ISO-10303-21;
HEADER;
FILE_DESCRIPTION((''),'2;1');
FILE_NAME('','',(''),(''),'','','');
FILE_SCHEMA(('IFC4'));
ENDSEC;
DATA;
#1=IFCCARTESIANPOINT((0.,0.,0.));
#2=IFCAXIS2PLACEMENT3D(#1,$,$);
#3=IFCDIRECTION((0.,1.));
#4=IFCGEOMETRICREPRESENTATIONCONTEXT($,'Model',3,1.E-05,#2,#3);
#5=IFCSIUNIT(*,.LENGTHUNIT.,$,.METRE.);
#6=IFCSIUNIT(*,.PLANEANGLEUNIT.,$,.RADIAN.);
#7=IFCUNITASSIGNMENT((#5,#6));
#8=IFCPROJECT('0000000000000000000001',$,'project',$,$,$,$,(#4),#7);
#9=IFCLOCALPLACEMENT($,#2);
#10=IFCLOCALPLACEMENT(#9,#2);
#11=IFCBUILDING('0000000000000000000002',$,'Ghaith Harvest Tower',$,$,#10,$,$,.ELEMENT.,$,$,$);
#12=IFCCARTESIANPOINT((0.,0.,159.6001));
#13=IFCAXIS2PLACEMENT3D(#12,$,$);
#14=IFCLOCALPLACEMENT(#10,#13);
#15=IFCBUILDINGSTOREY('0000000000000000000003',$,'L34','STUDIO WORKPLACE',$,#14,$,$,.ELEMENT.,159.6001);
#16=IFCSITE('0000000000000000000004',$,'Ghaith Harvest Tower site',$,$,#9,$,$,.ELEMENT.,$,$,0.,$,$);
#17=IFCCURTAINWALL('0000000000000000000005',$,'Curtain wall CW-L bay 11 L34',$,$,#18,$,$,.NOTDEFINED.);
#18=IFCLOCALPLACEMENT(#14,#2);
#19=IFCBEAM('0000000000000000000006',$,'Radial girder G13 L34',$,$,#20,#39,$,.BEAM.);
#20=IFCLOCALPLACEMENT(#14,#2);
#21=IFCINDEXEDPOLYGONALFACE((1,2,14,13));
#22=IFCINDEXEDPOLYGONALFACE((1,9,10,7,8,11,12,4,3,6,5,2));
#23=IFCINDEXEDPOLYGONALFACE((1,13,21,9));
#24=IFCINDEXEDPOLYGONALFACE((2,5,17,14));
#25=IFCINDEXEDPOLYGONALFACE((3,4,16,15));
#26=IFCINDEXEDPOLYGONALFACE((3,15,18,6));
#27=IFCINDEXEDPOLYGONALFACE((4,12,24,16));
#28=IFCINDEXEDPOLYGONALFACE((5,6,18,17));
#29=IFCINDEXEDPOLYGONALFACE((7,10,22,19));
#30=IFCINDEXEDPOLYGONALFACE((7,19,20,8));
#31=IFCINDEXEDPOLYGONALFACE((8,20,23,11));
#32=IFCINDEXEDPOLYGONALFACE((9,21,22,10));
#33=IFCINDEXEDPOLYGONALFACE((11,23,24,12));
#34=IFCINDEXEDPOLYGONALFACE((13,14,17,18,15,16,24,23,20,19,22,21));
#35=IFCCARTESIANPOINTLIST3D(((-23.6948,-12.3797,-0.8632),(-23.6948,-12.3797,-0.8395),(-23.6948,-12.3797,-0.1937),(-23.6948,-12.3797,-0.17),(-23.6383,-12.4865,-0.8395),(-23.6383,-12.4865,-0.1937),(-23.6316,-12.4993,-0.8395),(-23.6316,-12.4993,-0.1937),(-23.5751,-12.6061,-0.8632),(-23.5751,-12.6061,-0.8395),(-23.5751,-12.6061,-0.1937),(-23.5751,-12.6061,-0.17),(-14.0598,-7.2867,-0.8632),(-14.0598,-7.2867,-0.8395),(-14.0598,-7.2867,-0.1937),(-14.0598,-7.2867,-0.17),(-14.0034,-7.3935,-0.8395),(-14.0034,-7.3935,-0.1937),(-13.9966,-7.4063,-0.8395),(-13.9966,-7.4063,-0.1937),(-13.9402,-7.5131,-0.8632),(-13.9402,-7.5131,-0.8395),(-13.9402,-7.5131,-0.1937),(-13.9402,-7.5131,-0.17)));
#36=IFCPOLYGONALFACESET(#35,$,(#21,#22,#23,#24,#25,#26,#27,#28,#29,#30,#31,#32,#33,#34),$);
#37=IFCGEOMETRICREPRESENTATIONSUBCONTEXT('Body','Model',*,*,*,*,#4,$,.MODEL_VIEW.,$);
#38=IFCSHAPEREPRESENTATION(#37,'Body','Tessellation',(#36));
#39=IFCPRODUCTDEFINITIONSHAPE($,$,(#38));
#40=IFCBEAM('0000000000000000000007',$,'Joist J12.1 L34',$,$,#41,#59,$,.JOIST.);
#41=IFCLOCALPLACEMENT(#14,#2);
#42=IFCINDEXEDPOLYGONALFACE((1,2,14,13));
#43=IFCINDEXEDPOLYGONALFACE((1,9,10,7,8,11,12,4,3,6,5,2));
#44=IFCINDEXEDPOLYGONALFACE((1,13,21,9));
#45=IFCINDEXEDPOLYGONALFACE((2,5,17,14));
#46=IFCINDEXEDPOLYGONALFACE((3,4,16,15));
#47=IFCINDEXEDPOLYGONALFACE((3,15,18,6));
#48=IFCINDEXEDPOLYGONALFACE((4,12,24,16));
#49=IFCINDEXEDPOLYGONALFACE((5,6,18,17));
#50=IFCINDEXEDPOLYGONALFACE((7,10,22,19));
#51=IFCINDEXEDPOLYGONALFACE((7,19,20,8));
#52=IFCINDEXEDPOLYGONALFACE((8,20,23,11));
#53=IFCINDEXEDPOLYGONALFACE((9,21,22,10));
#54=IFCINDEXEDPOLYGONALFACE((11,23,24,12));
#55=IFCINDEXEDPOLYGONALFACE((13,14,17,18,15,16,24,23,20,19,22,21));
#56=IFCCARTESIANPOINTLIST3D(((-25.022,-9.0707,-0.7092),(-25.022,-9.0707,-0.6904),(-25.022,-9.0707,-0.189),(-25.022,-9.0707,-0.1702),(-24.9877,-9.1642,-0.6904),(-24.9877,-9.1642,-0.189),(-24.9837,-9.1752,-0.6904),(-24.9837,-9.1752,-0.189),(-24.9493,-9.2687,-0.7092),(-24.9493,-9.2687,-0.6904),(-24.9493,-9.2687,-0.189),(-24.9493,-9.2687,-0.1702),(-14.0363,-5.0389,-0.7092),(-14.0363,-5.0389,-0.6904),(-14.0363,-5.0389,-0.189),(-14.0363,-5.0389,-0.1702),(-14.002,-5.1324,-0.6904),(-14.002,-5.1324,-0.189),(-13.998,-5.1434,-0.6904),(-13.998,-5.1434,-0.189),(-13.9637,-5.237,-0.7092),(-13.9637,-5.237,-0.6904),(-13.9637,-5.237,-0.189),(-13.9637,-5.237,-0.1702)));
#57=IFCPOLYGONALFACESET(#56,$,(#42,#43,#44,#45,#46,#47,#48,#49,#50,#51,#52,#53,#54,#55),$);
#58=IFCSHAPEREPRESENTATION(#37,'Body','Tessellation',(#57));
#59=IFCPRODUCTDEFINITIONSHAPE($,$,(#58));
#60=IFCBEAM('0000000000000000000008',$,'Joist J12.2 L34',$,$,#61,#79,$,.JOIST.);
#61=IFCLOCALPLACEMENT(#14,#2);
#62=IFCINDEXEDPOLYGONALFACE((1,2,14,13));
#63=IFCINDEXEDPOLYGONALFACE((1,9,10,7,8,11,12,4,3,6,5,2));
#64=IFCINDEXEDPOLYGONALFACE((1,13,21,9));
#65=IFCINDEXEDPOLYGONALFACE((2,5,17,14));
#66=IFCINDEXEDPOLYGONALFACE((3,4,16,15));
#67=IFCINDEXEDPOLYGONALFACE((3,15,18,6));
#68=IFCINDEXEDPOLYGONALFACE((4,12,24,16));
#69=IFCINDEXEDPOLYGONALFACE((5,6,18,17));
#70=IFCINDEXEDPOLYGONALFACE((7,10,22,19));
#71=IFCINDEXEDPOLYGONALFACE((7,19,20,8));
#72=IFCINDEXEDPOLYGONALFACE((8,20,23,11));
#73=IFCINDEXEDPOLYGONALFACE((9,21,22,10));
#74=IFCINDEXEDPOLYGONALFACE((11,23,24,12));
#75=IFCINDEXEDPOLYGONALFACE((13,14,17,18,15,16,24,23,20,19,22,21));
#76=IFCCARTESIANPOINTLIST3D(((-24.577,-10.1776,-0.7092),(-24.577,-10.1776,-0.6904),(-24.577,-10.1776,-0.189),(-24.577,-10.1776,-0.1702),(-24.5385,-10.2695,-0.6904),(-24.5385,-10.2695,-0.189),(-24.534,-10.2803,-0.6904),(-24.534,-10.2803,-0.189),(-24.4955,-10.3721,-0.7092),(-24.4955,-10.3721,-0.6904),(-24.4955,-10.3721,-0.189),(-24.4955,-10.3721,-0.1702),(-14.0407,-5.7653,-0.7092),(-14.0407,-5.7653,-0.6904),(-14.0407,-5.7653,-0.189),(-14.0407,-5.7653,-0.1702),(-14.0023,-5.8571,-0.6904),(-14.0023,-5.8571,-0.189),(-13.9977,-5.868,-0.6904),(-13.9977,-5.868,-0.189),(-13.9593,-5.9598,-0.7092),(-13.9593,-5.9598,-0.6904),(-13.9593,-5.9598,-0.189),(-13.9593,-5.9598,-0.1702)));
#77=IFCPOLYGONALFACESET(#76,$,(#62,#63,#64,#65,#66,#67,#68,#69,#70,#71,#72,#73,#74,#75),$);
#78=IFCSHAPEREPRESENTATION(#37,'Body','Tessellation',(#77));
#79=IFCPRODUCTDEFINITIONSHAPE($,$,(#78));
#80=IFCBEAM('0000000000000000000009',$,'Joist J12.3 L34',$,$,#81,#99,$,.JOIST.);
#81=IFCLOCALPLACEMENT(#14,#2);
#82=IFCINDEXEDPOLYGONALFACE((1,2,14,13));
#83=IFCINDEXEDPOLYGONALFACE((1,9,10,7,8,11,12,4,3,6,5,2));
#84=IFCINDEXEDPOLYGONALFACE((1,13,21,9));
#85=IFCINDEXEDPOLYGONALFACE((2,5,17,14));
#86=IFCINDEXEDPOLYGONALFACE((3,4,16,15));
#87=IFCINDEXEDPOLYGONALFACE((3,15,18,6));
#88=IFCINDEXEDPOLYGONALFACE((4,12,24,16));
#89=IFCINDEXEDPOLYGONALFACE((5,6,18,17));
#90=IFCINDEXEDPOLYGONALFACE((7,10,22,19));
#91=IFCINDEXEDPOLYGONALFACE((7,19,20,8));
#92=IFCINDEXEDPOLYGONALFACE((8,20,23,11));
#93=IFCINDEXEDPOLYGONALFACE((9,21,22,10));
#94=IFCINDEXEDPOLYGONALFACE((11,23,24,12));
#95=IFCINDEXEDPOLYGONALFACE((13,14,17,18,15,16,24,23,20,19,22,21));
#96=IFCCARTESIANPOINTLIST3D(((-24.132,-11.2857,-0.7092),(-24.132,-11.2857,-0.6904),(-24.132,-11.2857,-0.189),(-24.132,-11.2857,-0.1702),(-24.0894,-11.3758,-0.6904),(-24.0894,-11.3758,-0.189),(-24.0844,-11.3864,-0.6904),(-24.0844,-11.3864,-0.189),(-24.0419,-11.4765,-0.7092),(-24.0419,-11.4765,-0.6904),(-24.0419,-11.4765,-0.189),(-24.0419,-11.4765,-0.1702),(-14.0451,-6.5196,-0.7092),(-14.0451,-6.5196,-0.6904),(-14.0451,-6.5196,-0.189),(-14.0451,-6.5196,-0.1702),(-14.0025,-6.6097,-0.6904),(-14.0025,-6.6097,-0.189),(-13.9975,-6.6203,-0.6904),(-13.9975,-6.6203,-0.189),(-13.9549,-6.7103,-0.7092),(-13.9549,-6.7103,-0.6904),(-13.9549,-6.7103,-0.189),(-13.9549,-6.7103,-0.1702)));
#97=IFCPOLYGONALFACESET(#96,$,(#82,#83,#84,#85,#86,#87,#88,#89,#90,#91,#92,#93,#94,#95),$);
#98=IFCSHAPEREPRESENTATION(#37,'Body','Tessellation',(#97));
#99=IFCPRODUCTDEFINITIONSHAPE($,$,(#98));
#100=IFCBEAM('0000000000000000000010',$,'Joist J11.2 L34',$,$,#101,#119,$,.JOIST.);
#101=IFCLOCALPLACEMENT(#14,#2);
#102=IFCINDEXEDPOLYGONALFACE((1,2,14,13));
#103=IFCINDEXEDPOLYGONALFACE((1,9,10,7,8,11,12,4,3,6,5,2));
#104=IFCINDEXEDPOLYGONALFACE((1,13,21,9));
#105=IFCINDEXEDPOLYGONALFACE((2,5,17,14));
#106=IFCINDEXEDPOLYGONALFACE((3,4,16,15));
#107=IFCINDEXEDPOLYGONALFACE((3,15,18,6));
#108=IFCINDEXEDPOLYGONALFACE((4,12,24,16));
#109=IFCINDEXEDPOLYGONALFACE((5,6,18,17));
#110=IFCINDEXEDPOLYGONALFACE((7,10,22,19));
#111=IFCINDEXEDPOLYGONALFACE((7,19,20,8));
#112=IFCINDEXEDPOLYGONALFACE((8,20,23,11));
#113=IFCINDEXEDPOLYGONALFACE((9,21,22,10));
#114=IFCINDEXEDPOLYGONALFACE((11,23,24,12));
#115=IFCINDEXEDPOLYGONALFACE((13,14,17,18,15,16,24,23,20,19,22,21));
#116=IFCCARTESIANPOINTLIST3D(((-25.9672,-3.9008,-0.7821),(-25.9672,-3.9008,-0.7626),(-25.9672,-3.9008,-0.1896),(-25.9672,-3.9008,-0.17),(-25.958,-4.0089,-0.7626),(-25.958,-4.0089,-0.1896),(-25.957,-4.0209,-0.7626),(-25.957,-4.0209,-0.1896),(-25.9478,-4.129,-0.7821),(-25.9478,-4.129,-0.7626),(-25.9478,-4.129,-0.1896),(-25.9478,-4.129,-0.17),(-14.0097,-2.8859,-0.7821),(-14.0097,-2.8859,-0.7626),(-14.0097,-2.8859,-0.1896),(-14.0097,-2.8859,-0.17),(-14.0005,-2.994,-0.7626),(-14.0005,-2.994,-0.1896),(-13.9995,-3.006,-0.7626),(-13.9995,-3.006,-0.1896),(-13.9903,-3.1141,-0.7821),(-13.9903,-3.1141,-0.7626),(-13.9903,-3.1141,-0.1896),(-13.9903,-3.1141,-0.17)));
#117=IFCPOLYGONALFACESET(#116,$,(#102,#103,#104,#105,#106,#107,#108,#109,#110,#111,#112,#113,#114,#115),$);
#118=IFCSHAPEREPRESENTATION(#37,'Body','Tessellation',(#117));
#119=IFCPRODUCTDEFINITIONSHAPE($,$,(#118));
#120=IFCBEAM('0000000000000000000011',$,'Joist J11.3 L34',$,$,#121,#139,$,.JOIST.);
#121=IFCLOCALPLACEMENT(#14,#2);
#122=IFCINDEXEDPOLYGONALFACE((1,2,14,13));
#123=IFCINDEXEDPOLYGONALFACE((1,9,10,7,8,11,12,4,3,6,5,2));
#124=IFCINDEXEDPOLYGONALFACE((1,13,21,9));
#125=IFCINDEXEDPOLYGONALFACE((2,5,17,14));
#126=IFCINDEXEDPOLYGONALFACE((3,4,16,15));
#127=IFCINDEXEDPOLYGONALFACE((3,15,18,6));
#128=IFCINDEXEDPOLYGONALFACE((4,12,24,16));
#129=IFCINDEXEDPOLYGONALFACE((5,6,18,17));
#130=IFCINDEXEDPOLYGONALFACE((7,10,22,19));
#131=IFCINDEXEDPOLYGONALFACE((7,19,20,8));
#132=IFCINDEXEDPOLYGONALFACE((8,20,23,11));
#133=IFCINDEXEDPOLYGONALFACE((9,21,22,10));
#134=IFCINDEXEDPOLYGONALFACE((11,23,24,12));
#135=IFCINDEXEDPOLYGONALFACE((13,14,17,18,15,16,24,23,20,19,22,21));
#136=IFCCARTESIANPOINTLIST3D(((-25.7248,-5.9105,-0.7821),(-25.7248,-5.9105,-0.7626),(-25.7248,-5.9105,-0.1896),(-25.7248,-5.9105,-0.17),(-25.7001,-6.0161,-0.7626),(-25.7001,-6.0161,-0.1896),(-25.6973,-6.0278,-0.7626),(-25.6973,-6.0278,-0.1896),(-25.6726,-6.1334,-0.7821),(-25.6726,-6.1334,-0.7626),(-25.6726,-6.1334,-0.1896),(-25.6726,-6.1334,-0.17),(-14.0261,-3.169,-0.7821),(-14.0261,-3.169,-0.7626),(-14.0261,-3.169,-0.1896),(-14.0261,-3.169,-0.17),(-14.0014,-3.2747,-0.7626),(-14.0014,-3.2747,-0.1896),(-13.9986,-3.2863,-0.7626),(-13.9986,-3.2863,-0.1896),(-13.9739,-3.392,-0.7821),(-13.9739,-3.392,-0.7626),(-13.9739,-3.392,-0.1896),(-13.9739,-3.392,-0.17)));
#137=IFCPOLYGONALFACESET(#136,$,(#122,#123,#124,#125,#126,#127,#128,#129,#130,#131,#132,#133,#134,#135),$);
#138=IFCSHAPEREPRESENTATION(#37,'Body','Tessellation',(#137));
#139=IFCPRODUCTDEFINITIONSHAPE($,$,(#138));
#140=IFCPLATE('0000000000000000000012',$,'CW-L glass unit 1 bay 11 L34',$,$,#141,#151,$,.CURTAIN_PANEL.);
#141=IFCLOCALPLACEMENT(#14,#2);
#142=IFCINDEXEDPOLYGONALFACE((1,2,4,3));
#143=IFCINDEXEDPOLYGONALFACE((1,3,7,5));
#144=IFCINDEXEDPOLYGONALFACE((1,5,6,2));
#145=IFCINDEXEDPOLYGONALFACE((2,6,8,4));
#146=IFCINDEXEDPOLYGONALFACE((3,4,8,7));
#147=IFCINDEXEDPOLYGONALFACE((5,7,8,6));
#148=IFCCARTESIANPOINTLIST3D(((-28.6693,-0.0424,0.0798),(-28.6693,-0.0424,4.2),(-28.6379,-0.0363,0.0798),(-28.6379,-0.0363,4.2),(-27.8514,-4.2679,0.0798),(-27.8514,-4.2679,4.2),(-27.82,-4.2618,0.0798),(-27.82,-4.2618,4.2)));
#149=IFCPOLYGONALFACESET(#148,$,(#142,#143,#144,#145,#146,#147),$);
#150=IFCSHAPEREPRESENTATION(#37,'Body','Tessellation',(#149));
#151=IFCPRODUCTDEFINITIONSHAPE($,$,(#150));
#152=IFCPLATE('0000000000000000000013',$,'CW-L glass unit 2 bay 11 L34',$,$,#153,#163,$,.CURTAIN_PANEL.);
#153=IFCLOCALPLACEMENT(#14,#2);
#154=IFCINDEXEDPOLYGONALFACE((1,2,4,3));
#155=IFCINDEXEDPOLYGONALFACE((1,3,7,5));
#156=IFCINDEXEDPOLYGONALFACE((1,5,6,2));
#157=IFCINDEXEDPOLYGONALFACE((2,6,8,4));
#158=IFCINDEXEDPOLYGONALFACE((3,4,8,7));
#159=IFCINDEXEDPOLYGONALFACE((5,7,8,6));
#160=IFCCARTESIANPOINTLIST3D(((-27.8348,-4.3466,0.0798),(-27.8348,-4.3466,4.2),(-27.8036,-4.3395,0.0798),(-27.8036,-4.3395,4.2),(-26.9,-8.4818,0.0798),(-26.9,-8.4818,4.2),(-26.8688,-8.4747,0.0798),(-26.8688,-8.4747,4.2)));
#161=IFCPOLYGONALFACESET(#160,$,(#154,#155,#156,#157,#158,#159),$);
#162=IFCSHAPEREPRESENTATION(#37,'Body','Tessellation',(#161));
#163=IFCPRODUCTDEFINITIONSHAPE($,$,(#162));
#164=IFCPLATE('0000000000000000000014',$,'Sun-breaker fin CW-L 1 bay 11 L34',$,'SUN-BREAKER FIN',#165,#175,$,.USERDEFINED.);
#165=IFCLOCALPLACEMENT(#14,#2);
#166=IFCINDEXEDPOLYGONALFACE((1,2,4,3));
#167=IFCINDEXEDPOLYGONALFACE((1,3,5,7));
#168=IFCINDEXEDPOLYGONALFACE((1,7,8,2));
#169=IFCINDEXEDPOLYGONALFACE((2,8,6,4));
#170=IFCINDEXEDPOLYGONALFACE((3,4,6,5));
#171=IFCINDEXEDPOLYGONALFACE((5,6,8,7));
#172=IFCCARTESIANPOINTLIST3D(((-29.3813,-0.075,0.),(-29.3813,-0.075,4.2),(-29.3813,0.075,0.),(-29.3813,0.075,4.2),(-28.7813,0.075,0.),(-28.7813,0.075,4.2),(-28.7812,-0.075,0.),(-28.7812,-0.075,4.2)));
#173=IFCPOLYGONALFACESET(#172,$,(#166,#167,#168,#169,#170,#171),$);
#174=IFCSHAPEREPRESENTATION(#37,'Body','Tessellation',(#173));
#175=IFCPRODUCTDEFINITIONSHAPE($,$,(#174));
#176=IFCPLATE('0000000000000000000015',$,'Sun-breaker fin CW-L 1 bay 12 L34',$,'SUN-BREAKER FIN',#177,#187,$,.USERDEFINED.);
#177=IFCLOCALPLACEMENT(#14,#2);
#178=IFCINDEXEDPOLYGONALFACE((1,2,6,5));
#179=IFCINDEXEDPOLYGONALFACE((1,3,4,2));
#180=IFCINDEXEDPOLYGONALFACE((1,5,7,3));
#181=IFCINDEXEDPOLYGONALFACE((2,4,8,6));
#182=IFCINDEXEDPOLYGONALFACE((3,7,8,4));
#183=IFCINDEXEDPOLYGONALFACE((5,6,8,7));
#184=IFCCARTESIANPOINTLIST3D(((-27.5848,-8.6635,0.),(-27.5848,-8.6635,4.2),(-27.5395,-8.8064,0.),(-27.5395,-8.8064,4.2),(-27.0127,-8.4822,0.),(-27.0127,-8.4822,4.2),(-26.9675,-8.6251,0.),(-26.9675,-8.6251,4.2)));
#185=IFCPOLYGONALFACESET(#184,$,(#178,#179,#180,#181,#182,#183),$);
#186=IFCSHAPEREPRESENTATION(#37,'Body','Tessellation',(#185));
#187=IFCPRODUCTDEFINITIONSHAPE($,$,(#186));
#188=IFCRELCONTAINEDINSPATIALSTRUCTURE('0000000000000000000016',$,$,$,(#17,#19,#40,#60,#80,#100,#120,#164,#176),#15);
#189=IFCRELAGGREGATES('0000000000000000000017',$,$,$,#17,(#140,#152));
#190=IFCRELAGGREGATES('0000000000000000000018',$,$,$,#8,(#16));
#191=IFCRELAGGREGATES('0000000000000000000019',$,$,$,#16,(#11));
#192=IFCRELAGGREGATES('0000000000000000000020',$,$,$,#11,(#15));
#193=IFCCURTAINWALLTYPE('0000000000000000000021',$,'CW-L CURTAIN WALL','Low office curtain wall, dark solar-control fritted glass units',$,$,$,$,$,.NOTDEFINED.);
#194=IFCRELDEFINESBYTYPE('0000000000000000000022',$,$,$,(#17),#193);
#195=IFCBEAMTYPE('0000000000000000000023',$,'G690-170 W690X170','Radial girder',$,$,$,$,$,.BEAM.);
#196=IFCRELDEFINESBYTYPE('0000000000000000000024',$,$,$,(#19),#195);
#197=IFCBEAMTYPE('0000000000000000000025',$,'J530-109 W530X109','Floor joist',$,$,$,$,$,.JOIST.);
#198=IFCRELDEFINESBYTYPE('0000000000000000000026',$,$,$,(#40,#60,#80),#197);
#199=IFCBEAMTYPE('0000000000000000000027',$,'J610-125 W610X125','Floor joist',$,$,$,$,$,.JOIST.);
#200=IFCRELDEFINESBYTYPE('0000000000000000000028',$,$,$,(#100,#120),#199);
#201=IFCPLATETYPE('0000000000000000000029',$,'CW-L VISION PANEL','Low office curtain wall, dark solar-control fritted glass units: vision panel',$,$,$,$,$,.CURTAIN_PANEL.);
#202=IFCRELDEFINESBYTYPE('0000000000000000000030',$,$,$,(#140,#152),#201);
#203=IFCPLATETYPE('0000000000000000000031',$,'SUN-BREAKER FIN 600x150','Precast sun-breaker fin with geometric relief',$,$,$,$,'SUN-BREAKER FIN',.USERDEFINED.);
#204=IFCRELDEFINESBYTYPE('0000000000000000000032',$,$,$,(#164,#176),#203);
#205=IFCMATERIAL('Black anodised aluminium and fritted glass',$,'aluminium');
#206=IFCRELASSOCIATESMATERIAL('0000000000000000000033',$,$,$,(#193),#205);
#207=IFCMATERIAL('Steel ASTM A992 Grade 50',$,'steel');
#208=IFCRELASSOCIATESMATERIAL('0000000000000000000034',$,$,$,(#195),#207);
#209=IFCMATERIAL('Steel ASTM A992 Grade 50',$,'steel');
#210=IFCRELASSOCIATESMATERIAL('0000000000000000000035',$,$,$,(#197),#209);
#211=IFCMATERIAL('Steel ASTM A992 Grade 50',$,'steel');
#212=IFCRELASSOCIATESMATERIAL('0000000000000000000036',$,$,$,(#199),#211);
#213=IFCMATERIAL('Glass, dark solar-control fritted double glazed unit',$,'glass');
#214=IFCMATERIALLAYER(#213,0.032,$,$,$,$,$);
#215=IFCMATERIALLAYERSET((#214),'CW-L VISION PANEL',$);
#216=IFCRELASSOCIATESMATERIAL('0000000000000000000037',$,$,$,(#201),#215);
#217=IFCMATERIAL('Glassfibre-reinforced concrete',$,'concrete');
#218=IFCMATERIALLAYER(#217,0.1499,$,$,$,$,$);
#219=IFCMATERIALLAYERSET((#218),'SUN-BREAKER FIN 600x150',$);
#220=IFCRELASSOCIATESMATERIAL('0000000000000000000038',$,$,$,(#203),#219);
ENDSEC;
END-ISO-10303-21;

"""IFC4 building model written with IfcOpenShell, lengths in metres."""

from ifc_helpers import new_model, si_unit, direction, frame, origin, origin_2d, place, context, subcontext, project, spatial, rectangle, i_section, extrude, material, layer, layer_set, material_profile, profile_set, type_object, element, aggregate, save


model = new_model("IFC4")

# Units and contexts
model_context = context("Model", 3, precision=1e-05, world=origin(), true_north=direction((0.0, 1.0)))
body_context = subcontext(model_context, "Body", "Model", "MODEL_VIEW")
ifc_project = project(units=[si_unit("LENGTHUNIT", "METRE"), si_unit("PLANEANGLEUNIT", "RADIAN")], contexts=[model_context])

# Site, building, storey
site_placement = place(None, origin())
site = spatial("IfcSite", under=ifc_project, at=site_placement, Name="Ghaith Harvest Tower site", CompositionType="ELEMENT", RefElevation=0.0)
building_placement = place(site_placement, origin())
building = spatial("IfcBuilding", under=site, at=building_placement, Name="Ghaith Harvest Tower", CompositionType="ELEMENT")
storey_placement = place(building_placement, frame((0.0, 0.0, 159.6001)))
storey = spatial("IfcBuildingStorey", under=building, at=storey_placement, Name="L34", Description="STUDIO WORKPLACE", CompositionType="ELEMENT", Elevation=159.6001)

# Curtain wall
ifc_material_1 = material(Name="Black anodised aluminium and fritted glass", Category="aluminium")
curtain_wall_type = type_object("IfcCurtainWallType", Name="CW-L CURTAIN WALL", Description="Low office curtain wall, dark solar-control fritted glass units", PredefinedType="NOTDEFINED", material=ifc_material_1)
curtain_wall_1_placement = place(storey_placement, origin())
curtain_wall_1 = element("IfcCurtainWall", 1, at=curtain_wall_1_placement, inside=storey, type_object=curtain_wall_type, Name="Curtain wall CW-L bay 11 L34", PredefinedType="NOTDEFINED")

# Beams
ifc_material_2 = material(Name="Steel ASTM A992 Grade 50", Category="steel")
ifc_material_profile_1 = material_profile(ifc_material_2, i_section(OverallWidth=0.2561, OverallDepth=0.6931, WebThickness=0.0144, FlangeThickness=0.0237, at=origin_2d()), Name="W690X170")
ifc_profile_set_1 = profile_set([ifc_material_profile_1], Name="Steel ASTM A992 Grade 50")
beam_type_1 = type_object("IfcBeamType", Name="G690-170 W690X170", Description="Radial girder", PredefinedType="BEAM", material=ifc_profile_set_1)
beam_1_placement = place(storey_placement, frame((-14.0, -7.3999, -0.5166), z_axis=(-0.884086, -0.467324, 0.0), x_axis=(0.467324, -0.884086, 0.0)))
element("IfcBeam", 2, at=beam_1_placement, inside=storey, type_object=beam_type_1, Name="Radial girder G13 L34", PredefinedType="BEAM", context=body_context, shape_type="SweptSolid", body=[
    extrude(i_section(OverallWidth=0.2561, OverallDepth=0.6931, WebThickness=0.0144, FlangeThickness=0.0237, at=origin_2d()), origin(), (0.0, 0.0, 1.0), 10.8982),
])
ifc_material_3 = material(Name="Steel ASTM A992 Grade 50", Category="steel")
ifc_material_profile_2 = material_profile(ifc_material_3, i_section(OverallWidth=0.2109, OverallDepth=0.5391, WebThickness=0.0117, FlangeThickness=0.0188, at=origin_2d()), Name="W530X109")
ifc_profile_set_2 = profile_set([ifc_material_profile_2], Name="Steel ASTM A992 Grade 50")
beam_type_2 = type_object("IfcBeamType", Name="J530-109 W530X109", Description="Floor joist", PredefinedType="JOIST", material=ifc_profile_set_2)
beam_2_placement = place(storey_placement, frame((-14.0, -5.1379, -0.4397), z_axis=(-0.938774, -0.344532, 0.0), x_axis=(0.344532, -0.938774, 0.0)))
element("IfcBeam", 3, at=beam_2_placement, inside=storey, type_object=beam_type_2, Name="Joist J12.1 L34", PredefinedType="JOIST", context=body_context, shape_type="SweptSolid", body=[
    extrude(i_section(OverallWidth=0.2109, OverallDepth=0.5391, WebThickness=0.0117, FlangeThickness=0.0188, at=origin_2d()), origin(), (0.0, 0.0, 1.0), 11.7021),
])
beam_3_placement = place(storey_placement, frame((-14.0, -5.8625, -0.4397), z_axis=(-0.922386, -0.38627, 0.0), x_axis=(0.38627, -0.922386, 0.0)))
element("IfcBeam", 4, at=beam_3_placement, inside=storey, type_object=beam_type_2, Name="Joist J12.2 L34", PredefinedType="JOIST", context=body_context, shape_type="SweptSolid", body=[
    extrude(i_section(OverallWidth=0.2109, OverallDepth=0.5391, WebThickness=0.0117, FlangeThickness=0.0188, at=origin_2d()), origin(), (0.0, 0.0, 1.0), 11.4229),
])
beam_4_placement = place(storey_placement, frame((-14.0, -6.615, -0.4397), z_axis=(-0.90415, -0.427215, 0.0), x_axis=(0.427215, -0.90415, 0.0)))
element("IfcBeam", 5, at=beam_4_placement, inside=storey, type_object=beam_type_2, Name="Joist J12.3 L34", PredefinedType="JOIST", context=body_context, shape_type="SweptSolid", body=[
    extrude(i_section(OverallWidth=0.2109, OverallDepth=0.5391, WebThickness=0.0117, FlangeThickness=0.0188, at=origin_2d()), origin(), (0.0, 0.0, 1.0), 11.1562),
])
ifc_material_4 = material(Name="Steel ASTM A992 Grade 50", Category="steel")
ifc_material_profile_3 = material_profile(ifc_material_4, i_section(OverallWidth=0.229, OverallDepth=0.6121, WebThickness=0.012, FlangeThickness=0.0195, at=origin_2d()), Name="W610X125")
ifc_profile_set_3 = profile_set([ifc_material_profile_3], Name="Steel ASTM A992 Grade 50")
beam_type_3 = type_object("IfcBeamType", Name="J610-125 W610X125", Description="Floor joist", PredefinedType="JOIST", material=ifc_profile_set_3)
beam_5_placement = place(storey_placement, frame((-14.0, -3.0, -0.4761), z_axis=(-0.996417, -0.084571, 0.0), x_axis=(0.084571, -0.996417, 0.0)))
element("IfcBeam", 6, at=beam_5_placement, inside=storey, type_object=beam_type_3, Name="Joist J11.2 L34", PredefinedType="JOIST", context=body_context, shape_type="SweptSolid", body=[
    extrude(i_section(OverallWidth=0.229, OverallDepth=0.6121, WebThickness=0.012, FlangeThickness=0.0195, at=origin_2d()), origin(), (0.0, 0.0, 1.0), 12.0005),
])
beam_6_placement = place(storey_placement, frame((-14.0, -3.2805, -0.4761), z_axis=(-0.973624, -0.228157, 0.0), x_axis=(0.228157, -0.973624, 0.0)))
element("IfcBeam", 7, at=beam_6_placement, inside=storey, type_object=beam_type_3, Name="Joist J11.3 L34", PredefinedType="JOIST", context=body_context, shape_type="SweptSolid", body=[
    extrude(i_section(OverallWidth=0.229, OverallDepth=0.6121, WebThickness=0.012, FlangeThickness=0.0195, at=origin_2d()), origin(), (0.0, 0.0, 1.0), 12.0156),
])

# Plates
ifc_material_5 = material(Name="Glass, dark solar-control fritted double glazed unit", Category="glass")
ifc_layer_1 = layer(ifc_material_5, 0.032)
ifc_layer_set_1 = layer_set([ifc_layer_1], Name="CW-L VISION PANEL")
plate_type_1 = type_object("IfcPlateType", Name="CW-L VISION PANEL", Description="Low office curtain wall, dark solar-control fritted glass units: vision panel", PredefinedType="CURTAIN_PANEL", material=ifc_layer_set_1)
plate_1_placement = place(storey_placement, frame((-28.2446, -2.1521, 0.0798), z_axis=(0.0, 0.0, 1.0), x_axis=(0.190045, -0.981775, 0.0)))
plate_1 = element("IfcPlate", 8, at=plate_1_placement, type_object=plate_type_1, Name="CW-L glass unit 1 bay 11 L34", PredefinedType="CURTAIN_PANEL", context=body_context, shape_type="SweptSolid", body=[
    extrude(rectangle(XDim=4.304, YDim=0.032, at=origin_2d()), origin(), (0.0, 0.0, 1.0), 4.1201),
])
plate_2_placement = place(storey_placement, frame((-27.3518, -6.4106, 0.0798), z_axis=(0.0, 0.0, 1.0), x_axis=(0.220483, -0.975391, 0.0)))
plate_2 = element("IfcPlate", 9, at=plate_2_placement, type_object=plate_type_1, Name="CW-L glass unit 2 bay 11 L34", PredefinedType="CURTAIN_PANEL", context=body_context, shape_type="SweptSolid", body=[
    extrude(rectangle(XDim=4.2395, YDim=0.032, at=origin_2d()), origin(), (0.0, 0.0, 1.0), 4.1201),
])
aggregate(curtain_wall_1, [plate_1, plate_2])

# Plates
ifc_material_6 = material(Name="Glassfibre-reinforced concrete", Category="concrete")
ifc_layer_2 = layer(ifc_material_6, 0.1499)
ifc_layer_set_2 = layer_set([ifc_layer_2], Name="SUN-BREAKER FIN 600x150")
plate_type_2 = type_object("IfcPlateType", Name="SUN-BREAKER FIN 600x150", Description="Precast sun-breaker fin with geometric relief", ElementType="SUN-BREAKER FIN", PredefinedType="USERDEFINED", material=ifc_layer_set_2)
for number, where, z_axis, x_axis, name in (
    (10, (-29.0813, 0.0, 0.0), (0.0, 0.0, 1.0), (-1.0, 0.0, 0.0), "Sun-breaker fin CW-L 1 bay 11 L34"),
    (11, (-27.2761, -8.6443, 0.0), (0.0, 0.0, 1.0), (-0.953273, -0.30211, 0.0), "Sun-breaker fin CW-L 1 bay 12 L34"),
):
    element("IfcPlate", number, at=place(storey_placement, frame(where, z_axis=z_axis, x_axis=x_axis)), inside=storey, type_object=plate_type_2, Name=name, ObjectType="SUN-BREAKER FIN", PredefinedType="USERDEFINED", context=body_context, shape_type="SweptSolid", body=[
        extrude(rectangle(XDim=0.6001, YDim=0.1499, at=origin_2d()), origin(), (0.0, 0.0, 1.0), 4.2),
    ])

save(model, "model.ifc")
